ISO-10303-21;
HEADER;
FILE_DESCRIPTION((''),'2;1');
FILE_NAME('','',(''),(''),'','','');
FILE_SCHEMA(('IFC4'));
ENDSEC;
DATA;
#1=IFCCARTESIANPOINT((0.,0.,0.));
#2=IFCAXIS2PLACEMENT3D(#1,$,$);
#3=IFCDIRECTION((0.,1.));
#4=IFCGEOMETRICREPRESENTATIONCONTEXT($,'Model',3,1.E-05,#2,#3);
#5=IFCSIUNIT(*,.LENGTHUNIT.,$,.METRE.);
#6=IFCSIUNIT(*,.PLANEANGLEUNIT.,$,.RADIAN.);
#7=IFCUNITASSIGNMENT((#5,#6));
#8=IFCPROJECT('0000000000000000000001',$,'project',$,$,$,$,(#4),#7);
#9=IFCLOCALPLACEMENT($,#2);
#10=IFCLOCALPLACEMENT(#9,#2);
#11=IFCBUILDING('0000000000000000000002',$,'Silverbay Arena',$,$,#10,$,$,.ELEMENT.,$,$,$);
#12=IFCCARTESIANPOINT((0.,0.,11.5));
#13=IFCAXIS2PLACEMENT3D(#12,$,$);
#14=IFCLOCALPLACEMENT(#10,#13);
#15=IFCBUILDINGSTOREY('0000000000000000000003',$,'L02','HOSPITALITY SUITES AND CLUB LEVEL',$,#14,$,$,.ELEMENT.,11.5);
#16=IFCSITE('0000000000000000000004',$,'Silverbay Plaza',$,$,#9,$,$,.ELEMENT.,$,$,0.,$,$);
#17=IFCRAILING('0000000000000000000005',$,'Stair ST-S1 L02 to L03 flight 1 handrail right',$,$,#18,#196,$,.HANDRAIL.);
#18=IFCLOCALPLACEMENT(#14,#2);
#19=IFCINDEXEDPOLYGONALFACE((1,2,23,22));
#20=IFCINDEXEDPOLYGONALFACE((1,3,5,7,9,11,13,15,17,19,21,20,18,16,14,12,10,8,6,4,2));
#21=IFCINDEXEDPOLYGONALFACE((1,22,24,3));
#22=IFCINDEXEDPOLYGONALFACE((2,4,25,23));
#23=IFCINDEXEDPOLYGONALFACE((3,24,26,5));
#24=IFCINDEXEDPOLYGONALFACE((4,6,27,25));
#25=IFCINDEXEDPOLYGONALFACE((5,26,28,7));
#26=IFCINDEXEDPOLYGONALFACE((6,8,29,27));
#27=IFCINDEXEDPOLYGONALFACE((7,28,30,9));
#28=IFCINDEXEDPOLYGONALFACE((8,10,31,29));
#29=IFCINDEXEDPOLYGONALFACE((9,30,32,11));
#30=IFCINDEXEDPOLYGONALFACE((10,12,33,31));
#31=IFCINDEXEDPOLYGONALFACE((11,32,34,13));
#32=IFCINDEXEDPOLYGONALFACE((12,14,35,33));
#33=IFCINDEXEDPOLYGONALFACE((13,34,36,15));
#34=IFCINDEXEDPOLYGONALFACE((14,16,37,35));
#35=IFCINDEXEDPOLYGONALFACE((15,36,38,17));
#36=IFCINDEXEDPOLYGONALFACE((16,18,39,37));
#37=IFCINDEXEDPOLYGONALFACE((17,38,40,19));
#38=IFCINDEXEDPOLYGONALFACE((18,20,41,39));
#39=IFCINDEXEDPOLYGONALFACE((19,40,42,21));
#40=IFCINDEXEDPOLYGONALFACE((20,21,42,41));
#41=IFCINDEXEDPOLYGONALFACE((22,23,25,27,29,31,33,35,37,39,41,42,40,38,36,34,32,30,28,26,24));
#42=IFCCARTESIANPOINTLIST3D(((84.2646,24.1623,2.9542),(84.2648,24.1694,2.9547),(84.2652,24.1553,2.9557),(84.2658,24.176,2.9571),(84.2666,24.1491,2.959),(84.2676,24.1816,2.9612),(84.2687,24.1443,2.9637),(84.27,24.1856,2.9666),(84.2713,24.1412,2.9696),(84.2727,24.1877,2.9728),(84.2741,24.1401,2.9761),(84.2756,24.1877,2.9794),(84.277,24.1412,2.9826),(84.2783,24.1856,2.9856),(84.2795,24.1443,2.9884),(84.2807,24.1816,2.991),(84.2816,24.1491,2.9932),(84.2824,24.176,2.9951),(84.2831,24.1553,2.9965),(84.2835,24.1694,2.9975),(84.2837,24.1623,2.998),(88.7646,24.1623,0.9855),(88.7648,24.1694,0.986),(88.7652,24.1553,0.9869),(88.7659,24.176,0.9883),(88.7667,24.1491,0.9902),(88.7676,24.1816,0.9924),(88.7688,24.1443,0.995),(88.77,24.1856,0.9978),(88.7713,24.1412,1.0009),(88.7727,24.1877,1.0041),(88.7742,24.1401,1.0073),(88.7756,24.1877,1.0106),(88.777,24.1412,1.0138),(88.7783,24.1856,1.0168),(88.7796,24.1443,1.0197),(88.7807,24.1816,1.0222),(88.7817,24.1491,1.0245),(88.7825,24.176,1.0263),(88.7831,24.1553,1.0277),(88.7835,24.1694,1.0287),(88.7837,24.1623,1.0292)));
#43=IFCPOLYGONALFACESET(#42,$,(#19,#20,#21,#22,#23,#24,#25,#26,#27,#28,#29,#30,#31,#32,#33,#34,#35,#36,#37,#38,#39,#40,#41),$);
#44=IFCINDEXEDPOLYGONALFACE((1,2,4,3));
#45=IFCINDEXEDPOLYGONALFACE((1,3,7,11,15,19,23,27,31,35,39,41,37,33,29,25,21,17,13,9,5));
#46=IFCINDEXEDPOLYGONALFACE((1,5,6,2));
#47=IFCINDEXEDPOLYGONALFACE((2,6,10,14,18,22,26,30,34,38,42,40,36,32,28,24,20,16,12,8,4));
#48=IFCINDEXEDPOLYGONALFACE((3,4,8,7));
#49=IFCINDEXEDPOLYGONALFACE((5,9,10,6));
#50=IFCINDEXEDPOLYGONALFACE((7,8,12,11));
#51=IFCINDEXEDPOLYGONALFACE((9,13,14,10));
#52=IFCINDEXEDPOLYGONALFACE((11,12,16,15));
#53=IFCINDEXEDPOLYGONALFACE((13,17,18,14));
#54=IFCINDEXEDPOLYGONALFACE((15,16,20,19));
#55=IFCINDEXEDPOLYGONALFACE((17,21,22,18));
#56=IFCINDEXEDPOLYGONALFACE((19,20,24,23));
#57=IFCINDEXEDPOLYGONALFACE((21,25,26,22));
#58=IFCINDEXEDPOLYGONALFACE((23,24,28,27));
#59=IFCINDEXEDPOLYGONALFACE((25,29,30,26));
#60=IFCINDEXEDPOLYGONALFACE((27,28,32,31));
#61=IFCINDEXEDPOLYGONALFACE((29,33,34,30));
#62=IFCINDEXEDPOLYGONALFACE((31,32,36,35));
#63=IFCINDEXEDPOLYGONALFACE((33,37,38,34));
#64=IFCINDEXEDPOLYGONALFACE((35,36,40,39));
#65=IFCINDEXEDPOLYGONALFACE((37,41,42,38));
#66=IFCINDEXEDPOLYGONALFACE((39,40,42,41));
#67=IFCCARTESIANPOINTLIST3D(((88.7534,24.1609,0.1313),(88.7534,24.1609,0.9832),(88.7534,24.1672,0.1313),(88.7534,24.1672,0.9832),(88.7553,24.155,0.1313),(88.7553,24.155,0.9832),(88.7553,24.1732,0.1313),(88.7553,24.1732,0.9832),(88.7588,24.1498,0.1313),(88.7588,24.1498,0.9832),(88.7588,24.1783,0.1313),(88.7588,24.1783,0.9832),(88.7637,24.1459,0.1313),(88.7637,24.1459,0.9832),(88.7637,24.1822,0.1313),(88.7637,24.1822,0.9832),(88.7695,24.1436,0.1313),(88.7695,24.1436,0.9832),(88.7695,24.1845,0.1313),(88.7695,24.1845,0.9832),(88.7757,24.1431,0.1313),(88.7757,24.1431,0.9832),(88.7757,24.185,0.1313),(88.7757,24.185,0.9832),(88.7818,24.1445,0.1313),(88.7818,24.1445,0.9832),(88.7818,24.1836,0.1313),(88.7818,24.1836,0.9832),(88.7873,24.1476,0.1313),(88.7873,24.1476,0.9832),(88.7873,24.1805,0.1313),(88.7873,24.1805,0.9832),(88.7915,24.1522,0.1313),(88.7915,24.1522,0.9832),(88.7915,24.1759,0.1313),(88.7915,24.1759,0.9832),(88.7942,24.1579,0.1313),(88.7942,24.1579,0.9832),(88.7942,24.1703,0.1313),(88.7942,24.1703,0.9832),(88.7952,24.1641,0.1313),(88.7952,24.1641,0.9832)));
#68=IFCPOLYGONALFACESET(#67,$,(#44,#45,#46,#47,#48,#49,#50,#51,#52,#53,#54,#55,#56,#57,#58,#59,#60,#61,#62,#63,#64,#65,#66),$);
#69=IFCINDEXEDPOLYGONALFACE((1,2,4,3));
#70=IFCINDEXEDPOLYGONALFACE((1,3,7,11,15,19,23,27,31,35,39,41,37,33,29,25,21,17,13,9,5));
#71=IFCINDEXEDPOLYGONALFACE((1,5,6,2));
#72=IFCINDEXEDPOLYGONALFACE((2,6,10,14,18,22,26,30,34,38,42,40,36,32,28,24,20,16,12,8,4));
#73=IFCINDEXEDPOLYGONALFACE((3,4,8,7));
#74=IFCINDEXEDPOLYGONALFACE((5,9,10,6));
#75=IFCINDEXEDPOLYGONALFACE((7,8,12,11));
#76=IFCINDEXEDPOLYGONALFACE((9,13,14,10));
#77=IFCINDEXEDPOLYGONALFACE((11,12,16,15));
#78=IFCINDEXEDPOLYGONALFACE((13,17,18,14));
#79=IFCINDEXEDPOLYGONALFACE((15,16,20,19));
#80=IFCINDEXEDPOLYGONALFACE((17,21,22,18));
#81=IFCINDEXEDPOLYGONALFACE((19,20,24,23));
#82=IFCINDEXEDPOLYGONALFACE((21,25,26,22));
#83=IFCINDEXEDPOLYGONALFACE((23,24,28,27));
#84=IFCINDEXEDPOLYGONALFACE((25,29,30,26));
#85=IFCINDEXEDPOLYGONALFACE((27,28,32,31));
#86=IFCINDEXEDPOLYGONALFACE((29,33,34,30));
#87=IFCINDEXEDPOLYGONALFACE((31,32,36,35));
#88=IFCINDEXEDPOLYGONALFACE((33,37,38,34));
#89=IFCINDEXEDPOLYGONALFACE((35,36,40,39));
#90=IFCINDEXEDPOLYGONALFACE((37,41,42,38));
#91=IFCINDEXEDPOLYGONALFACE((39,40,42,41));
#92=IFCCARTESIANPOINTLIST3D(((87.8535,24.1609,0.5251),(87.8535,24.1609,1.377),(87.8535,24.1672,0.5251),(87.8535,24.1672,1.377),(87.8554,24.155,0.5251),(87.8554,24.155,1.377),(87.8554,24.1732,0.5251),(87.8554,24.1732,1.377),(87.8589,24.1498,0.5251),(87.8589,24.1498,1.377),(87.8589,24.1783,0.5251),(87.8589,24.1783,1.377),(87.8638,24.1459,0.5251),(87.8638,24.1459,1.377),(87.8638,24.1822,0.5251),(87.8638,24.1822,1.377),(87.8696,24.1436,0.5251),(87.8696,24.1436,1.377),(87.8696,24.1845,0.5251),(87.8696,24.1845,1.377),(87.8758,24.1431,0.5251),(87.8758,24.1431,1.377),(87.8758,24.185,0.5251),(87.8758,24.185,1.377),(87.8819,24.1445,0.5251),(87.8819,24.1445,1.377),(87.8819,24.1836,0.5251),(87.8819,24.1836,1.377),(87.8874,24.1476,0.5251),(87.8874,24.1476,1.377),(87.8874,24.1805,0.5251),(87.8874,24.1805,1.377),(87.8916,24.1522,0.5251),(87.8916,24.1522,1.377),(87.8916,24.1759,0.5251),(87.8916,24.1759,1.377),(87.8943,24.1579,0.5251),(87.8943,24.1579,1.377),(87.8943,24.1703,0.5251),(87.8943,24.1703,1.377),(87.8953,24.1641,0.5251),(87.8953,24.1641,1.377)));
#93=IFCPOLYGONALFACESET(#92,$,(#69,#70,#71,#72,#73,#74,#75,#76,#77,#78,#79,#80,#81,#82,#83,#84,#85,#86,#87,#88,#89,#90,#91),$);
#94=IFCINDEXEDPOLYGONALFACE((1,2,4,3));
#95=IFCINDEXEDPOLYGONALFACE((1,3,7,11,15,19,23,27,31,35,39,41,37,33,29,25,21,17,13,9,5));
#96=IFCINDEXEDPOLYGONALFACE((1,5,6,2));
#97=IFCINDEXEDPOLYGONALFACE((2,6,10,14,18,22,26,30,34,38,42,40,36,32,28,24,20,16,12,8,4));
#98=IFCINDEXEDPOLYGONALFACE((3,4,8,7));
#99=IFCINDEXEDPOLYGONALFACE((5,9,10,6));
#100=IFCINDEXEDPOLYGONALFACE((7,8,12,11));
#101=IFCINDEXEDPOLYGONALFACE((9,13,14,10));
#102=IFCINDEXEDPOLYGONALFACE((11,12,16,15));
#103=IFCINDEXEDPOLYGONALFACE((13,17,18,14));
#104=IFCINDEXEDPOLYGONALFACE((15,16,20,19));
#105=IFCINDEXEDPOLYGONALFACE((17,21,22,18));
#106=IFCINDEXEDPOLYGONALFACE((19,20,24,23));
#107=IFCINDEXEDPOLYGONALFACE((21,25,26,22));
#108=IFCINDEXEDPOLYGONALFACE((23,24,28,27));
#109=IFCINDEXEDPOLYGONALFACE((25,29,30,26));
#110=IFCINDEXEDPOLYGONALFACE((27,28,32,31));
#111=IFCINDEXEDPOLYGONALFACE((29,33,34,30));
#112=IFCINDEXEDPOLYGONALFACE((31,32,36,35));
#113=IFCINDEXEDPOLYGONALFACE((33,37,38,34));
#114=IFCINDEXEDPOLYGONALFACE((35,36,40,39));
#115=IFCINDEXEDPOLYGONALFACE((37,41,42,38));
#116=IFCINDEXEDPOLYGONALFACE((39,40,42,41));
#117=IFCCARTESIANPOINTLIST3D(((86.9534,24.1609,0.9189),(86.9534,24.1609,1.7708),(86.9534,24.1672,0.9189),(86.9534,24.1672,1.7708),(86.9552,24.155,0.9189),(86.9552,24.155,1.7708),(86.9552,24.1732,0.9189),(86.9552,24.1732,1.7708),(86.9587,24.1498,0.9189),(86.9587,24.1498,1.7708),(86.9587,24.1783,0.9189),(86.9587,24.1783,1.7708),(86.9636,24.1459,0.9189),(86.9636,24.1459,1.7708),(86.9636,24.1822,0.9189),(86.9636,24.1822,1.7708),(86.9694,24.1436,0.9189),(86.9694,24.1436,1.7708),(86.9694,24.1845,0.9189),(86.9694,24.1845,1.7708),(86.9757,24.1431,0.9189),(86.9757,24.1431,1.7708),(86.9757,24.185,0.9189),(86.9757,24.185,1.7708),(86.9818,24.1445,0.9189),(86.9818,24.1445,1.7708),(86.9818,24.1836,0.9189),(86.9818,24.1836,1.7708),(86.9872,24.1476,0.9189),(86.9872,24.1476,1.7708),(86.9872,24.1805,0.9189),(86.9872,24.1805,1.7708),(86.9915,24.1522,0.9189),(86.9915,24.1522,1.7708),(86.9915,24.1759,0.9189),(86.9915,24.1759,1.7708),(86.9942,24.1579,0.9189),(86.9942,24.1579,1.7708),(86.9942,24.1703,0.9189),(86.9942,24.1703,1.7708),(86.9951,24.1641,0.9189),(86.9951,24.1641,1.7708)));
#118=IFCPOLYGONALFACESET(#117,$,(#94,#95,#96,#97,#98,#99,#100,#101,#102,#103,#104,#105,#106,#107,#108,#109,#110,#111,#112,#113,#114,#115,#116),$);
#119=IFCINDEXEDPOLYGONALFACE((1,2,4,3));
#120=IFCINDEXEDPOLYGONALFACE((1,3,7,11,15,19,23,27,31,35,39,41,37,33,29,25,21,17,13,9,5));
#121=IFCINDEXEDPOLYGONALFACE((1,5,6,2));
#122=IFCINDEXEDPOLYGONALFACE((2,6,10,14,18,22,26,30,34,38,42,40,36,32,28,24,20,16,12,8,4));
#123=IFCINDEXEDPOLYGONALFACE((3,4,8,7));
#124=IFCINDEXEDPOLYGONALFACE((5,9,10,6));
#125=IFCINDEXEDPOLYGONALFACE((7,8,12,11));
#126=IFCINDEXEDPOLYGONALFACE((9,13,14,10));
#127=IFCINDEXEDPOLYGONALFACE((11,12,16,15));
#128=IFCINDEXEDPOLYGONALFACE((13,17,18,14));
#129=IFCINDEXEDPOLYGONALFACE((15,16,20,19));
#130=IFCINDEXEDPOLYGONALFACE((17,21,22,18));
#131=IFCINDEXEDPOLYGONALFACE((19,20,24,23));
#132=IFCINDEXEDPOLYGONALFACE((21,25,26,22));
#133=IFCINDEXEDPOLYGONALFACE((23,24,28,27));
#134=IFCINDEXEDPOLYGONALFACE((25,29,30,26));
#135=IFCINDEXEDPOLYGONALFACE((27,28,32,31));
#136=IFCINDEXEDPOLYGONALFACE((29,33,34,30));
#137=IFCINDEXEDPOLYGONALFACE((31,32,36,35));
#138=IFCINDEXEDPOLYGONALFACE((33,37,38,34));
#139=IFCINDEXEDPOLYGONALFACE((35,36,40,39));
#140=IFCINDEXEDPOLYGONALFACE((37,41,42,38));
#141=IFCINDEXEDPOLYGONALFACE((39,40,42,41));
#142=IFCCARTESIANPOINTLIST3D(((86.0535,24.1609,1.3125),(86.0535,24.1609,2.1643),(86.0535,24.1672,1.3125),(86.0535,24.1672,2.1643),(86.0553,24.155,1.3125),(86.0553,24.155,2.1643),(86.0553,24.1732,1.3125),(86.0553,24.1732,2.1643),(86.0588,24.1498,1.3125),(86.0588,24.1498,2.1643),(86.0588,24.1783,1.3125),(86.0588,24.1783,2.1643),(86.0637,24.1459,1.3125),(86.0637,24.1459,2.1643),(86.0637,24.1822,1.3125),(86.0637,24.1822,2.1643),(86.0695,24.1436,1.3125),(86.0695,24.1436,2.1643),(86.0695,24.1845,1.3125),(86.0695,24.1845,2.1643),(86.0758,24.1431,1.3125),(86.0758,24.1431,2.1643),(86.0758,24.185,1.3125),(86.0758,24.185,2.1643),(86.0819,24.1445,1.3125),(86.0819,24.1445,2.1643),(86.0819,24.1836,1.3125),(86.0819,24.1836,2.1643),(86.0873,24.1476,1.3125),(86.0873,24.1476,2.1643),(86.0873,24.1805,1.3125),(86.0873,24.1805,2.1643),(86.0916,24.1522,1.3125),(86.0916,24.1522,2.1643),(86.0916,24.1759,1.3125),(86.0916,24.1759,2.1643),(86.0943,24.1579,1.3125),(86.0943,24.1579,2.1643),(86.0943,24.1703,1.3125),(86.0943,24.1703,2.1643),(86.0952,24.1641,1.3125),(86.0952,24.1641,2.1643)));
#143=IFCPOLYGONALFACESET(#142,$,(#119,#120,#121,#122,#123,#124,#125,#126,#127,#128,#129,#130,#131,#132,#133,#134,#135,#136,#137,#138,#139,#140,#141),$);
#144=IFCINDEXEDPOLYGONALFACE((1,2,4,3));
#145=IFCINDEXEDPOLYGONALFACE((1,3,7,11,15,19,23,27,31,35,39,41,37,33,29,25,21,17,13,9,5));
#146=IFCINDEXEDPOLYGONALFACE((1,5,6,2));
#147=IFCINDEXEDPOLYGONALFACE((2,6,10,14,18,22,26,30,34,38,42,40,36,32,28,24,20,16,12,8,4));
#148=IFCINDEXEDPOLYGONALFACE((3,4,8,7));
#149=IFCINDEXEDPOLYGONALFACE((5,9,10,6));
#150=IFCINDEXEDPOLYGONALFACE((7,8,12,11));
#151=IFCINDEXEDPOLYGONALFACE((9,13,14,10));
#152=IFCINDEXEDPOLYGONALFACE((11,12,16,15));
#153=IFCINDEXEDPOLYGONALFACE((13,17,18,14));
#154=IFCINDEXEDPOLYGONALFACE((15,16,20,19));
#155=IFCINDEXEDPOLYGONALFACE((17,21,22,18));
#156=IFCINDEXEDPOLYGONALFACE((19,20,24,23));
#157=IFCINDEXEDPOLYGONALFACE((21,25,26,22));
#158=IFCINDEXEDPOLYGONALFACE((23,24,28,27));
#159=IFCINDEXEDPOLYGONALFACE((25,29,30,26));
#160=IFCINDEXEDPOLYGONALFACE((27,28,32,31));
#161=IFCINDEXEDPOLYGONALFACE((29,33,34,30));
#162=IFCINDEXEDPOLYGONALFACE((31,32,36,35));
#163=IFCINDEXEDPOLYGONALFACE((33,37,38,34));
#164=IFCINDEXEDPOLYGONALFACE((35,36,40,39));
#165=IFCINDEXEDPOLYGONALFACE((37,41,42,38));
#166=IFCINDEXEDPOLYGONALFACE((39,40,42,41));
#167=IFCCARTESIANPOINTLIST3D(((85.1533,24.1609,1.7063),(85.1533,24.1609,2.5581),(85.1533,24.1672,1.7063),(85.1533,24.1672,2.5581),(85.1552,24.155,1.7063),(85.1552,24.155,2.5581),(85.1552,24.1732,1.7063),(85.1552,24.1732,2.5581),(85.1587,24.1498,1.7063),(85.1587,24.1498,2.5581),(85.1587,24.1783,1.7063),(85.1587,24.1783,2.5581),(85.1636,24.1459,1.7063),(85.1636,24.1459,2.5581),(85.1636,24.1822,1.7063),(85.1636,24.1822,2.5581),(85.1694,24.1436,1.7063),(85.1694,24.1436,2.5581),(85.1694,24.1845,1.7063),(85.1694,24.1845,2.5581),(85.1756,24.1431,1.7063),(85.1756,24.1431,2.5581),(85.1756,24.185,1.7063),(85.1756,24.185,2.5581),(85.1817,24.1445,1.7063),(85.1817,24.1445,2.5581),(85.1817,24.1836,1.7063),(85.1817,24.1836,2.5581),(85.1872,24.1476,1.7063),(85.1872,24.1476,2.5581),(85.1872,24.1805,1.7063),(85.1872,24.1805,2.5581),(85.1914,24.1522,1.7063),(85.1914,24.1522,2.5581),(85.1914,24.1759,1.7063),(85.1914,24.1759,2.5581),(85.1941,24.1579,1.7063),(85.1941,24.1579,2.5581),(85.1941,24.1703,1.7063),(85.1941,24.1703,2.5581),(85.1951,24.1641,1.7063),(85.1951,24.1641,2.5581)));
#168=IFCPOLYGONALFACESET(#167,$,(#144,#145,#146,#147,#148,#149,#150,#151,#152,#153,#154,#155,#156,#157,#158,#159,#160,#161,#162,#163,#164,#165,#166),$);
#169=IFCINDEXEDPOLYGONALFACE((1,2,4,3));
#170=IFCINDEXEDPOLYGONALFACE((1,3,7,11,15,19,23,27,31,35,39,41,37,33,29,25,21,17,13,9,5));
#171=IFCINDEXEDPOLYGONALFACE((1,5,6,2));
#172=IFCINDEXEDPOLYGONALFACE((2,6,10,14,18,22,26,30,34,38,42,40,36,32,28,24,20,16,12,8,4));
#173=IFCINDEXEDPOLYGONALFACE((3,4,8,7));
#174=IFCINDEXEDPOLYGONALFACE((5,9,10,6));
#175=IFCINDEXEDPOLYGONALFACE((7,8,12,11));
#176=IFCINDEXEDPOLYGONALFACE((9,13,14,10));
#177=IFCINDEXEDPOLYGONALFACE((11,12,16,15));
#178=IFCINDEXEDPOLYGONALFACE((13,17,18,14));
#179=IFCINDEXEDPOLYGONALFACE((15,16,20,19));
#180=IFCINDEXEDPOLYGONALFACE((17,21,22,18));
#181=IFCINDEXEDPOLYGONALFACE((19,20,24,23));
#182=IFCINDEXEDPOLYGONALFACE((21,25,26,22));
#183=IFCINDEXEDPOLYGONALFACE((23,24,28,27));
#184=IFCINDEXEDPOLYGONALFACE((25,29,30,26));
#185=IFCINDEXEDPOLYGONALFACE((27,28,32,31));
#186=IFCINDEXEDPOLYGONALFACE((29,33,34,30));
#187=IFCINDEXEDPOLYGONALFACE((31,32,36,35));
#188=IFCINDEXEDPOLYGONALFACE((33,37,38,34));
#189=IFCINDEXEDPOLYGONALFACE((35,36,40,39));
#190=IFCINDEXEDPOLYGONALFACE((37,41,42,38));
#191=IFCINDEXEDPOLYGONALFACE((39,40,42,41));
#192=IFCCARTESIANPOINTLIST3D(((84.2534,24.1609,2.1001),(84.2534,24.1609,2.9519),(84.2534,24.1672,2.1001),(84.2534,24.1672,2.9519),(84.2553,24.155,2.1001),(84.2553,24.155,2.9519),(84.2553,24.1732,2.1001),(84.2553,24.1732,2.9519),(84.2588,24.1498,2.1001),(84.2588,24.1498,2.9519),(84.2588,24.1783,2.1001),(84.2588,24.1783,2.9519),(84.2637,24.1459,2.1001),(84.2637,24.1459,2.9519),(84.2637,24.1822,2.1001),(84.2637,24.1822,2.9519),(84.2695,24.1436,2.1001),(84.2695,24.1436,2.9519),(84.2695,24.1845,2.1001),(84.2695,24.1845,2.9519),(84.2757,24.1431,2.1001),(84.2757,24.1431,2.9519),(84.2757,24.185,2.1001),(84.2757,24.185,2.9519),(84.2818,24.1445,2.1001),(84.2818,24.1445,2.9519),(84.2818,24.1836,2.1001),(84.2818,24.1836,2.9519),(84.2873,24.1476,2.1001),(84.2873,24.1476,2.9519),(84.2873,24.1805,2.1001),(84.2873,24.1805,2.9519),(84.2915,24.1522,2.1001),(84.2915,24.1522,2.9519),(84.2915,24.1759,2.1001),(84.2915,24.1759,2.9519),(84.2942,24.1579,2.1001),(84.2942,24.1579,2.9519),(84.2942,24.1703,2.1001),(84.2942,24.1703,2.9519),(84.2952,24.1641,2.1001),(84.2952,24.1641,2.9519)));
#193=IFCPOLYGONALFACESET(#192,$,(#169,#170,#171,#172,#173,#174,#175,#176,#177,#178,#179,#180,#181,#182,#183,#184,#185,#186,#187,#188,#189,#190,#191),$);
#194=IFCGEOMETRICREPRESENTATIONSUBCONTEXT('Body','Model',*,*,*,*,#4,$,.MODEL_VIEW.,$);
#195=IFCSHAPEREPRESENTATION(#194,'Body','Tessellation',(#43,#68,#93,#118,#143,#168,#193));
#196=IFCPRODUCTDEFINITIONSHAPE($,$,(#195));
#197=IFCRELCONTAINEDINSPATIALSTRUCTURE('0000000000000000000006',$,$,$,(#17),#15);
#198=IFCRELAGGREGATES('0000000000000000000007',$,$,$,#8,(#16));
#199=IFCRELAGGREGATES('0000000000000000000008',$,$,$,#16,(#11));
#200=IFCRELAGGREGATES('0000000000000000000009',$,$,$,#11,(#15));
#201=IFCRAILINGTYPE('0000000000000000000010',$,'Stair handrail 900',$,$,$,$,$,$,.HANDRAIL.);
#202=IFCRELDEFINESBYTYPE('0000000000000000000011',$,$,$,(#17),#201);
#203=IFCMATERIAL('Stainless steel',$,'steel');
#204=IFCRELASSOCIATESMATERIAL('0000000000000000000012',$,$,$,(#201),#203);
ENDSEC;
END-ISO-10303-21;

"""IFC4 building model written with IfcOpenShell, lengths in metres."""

from ifc_helpers import new_model, si_unit, direction, frame, origin, origin_2d, place, context, subcontext, project, spatial, circle, extrude, material, type_object, element, save


model = new_model("IFC4")

# Units and contexts
model_context = context("Model", 3, precision=1e-05, world=origin(), true_north=direction((0.0, 1.0)))
body_context = subcontext(model_context, "Body", "Model", "MODEL_VIEW")
ifc_project = project(units=[si_unit("LENGTHUNIT", "METRE"), si_unit("PLANEANGLEUNIT", "RADIAN")], contexts=[model_context])

# Site, building, storey
site_placement = place(None, origin())
site = spatial("IfcSite", under=ifc_project, at=site_placement, Name="Silverbay Plaza", CompositionType="ELEMENT", RefElevation=0.0)
building_placement = place(site_placement, origin())
building = spatial("IfcBuilding", under=site, at=building_placement, Name="Silverbay Arena", CompositionType="ELEMENT")
storey_placement = place(building_placement, frame((0.0, 0.0, 11.5)))
storey = spatial("IfcBuildingStorey", under=building, at=storey_placement, Name="L02", Description="HOSPITALITY SUITES AND CLUB LEVEL", CompositionType="ELEMENT", Elevation=11.5)

# Railing
ifc_material_1 = material(Name="Stainless steel", Category="steel")
railing_type_1 = type_object("IfcRailingType", Name="Stair handrail 900", PredefinedType="HANDRAIL", material=ifc_material_1)
for number, where, name in (
    (1, (88.7742, 24.1641, 0.1313), "Stair ST-S1 L02 to L03 flight 1 handrail right"),
):
    element("IfcRailing", number, at=place(storey_placement, frame(where)), inside=storey, type_object=railing_type_1, Name=name, PredefinedType="HANDRAIL", context=body_context, shape_type="SweptSolid", body=[
        extrude(circle(Radius=0.0239, at=origin_2d()), frame((0.0, 0.0, 0.876), z_axis=(-0.916157, 0.0, 0.400819), x_axis=(0.0, -1.0, 0.0)), (0.0, 0.0, 1.0), 4.9119),
        extrude(circle(Radius=0.021, at=origin_2d()), origin(), (0.0, 0.0, 1.0), 0.8518),
        extrude(circle(Radius=0.021, at=origin_2d()), frame((-0.8999, 0.0, 0.3938)), (0.0, 0.0, 1.0), 0.8518),
        extrude(circle(Radius=0.021, at=origin_2d()), frame((-1.8, 0.0, 0.7876)), (0.0, 0.0, 1.0), 0.8518),
        extrude(circle(Radius=0.021, at=origin_2d()), frame((-2.7, 0.0, 1.1812)), (0.0, 0.0, 1.0), 0.8518),
        extrude(circle(Radius=0.021, at=origin_2d()), frame((-3.6001, 0.0, 1.575)), (0.0, 0.0, 1.0), 0.8518),
        extrude(circle(Radius=0.021, at=origin_2d()), frame((-4.5, 0.0, 1.9688)), (0.0, 0.0, 1.0), 0.8518),
    ])

save(model, "model.ifc")
